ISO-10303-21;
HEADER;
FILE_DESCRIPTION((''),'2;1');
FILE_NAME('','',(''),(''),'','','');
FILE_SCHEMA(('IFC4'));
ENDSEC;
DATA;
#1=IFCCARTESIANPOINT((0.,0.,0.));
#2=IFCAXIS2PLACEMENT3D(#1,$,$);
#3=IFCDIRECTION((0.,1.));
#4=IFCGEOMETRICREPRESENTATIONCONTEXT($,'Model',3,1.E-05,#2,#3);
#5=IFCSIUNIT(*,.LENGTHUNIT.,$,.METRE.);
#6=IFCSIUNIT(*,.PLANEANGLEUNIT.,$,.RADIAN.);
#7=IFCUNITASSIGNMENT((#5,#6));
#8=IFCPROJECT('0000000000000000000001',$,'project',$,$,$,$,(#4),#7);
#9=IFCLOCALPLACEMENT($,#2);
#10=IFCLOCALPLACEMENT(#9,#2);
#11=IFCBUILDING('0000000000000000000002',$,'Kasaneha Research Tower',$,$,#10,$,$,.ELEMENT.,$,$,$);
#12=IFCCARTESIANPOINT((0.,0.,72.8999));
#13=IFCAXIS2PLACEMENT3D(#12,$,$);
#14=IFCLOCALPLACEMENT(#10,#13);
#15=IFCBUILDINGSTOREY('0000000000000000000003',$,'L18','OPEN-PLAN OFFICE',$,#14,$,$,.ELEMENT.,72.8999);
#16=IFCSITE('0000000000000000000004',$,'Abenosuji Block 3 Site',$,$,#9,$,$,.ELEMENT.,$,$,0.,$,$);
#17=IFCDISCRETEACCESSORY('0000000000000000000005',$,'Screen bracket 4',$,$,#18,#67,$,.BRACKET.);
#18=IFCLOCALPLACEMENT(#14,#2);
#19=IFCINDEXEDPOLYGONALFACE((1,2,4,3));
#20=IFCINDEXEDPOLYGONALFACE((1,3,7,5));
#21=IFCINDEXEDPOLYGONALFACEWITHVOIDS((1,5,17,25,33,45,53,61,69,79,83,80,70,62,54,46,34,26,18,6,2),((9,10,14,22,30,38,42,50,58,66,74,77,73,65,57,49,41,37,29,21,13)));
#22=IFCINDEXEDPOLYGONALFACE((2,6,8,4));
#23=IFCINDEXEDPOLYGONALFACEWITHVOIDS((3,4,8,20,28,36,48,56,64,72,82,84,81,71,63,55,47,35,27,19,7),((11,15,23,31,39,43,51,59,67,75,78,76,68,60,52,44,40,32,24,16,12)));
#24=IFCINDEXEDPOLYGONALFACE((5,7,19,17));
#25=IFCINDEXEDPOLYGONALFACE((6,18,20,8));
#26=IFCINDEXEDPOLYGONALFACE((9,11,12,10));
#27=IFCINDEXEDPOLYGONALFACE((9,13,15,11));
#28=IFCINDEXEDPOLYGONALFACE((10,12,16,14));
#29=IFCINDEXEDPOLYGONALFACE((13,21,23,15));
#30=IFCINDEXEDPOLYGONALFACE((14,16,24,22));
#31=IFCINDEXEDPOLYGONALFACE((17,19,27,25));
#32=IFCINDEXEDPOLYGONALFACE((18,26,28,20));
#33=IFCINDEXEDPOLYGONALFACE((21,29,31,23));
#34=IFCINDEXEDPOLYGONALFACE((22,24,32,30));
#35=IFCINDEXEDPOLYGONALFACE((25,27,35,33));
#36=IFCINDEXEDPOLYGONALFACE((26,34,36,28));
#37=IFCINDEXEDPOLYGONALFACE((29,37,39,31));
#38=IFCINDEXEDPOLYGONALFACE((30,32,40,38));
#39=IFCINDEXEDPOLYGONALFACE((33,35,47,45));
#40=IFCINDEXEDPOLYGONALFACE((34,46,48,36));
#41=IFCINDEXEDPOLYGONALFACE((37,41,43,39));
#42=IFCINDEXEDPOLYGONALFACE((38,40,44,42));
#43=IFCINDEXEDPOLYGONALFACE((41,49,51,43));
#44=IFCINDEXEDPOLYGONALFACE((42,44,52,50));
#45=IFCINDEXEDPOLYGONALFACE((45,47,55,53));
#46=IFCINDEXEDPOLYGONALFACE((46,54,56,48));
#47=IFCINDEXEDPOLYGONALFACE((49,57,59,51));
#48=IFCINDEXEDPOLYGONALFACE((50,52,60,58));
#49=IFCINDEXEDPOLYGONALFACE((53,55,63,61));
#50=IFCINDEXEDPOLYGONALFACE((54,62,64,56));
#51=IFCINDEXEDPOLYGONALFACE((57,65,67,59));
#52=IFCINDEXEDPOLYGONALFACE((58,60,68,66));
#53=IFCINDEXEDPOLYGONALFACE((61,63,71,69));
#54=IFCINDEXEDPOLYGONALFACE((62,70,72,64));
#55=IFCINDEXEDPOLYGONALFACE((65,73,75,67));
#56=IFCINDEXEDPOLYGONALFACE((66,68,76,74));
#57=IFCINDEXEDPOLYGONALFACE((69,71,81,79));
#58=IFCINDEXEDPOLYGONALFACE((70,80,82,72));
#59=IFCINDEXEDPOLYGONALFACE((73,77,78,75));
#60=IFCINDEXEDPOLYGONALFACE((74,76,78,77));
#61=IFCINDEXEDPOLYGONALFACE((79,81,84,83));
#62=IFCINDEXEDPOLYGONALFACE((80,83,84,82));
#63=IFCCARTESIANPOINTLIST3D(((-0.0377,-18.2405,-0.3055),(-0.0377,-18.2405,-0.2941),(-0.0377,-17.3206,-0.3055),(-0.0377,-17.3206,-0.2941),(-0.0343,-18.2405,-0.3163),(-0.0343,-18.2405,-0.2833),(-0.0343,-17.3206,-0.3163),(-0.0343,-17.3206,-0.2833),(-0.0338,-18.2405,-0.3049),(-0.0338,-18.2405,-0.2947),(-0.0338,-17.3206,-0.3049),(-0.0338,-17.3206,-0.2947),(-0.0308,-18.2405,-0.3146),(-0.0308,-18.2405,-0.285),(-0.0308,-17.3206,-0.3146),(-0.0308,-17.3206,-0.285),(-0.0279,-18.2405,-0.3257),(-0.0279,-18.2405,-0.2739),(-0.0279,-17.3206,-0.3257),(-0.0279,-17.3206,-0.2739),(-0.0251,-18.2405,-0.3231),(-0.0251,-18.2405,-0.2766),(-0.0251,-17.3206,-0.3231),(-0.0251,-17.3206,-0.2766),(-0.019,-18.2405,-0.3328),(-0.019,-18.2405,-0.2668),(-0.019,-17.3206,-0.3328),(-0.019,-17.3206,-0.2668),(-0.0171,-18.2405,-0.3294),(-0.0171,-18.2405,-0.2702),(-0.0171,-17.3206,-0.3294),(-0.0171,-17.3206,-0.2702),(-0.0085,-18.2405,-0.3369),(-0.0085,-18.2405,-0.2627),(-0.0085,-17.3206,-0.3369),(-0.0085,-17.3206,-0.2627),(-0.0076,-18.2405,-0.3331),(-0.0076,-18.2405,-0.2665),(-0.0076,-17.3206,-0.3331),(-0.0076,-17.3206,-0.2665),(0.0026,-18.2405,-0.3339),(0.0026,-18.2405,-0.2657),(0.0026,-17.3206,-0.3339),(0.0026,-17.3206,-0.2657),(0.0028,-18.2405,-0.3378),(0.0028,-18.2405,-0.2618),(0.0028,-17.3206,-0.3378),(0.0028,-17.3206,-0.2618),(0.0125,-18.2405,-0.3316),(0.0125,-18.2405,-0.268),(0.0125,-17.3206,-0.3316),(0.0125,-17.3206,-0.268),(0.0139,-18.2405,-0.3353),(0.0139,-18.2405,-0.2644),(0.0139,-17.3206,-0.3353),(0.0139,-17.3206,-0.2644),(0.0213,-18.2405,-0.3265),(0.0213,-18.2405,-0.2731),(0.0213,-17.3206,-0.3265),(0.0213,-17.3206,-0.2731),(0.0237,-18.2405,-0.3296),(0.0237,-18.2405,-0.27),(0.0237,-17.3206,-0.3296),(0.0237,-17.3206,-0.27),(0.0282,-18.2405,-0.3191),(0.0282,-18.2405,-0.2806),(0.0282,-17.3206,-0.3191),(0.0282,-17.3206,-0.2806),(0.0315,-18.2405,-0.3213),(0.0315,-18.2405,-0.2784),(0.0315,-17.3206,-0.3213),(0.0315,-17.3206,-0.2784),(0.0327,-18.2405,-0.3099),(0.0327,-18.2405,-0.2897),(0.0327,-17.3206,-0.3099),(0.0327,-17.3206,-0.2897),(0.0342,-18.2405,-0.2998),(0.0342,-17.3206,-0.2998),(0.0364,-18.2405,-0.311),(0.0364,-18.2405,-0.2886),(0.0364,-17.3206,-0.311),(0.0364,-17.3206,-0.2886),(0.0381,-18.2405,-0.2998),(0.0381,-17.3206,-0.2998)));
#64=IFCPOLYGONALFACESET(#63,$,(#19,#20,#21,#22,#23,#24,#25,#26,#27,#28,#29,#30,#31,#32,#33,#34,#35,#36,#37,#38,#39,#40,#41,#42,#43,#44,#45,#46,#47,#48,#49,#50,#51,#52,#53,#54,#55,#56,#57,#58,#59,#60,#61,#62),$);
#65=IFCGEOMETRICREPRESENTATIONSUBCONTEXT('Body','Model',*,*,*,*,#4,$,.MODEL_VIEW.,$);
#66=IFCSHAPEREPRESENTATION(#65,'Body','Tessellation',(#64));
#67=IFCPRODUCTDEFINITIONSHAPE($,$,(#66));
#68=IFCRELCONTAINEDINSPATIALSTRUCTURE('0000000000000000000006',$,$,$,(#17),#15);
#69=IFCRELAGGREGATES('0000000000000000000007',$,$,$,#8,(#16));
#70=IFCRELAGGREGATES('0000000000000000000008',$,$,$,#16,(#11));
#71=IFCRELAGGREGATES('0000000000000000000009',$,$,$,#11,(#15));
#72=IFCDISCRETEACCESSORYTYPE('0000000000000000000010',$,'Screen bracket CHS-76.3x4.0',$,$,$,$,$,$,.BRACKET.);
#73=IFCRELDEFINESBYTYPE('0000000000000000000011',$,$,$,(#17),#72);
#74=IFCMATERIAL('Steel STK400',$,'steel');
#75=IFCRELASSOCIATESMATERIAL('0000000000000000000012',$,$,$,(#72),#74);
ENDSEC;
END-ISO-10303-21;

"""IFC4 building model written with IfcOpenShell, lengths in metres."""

from ifc_helpers import new_model, si_unit, direction, frame, origin, origin_2d, place, context, subcontext, project, spatial, hollow_circle, extrude, material, material_profile, profile_set, type_object, element, save


model = new_model("IFC4")

# Units and contexts
model_context = context("Model", 3, precision=1e-05, world=origin(), true_north=direction((0.0, 1.0)))
body_context = subcontext(model_context, "Body", "Model", "MODEL_VIEW")
ifc_project = project(units=[si_unit("LENGTHUNIT", "METRE"), si_unit("PLANEANGLEUNIT", "RADIAN")], contexts=[model_context])

# Site, building, storey
site_placement = place(None, origin())
site = spatial("IfcSite", under=ifc_project, at=site_placement, Name="Abenosuji Block 3 Site", CompositionType="ELEMENT", RefElevation=0.0)
building_placement = place(site_placement, origin())
building = spatial("IfcBuilding", under=site, at=building_placement, Name="Kasaneha Research Tower", CompositionType="ELEMENT")
storey_placement = place(building_placement, frame((0.0, 0.0, 72.8999)))
storey = spatial("IfcBuildingStorey", under=building, at=storey_placement, Name="L18", Description="OPEN-PLAN OFFICE", CompositionType="ELEMENT", Elevation=72.8999)

# Discrete accessory
ifc_material_1 = material(Name="Steel STK400", Category="steel")
ifc_material_profile_1 = material_profile(ifc_material_1, hollow_circle(Radius=0.0381, WallThickness=0.0039, at=origin_2d()), Name="CHS-76.3x4.0")
ifc_profile_set_1 = profile_set([ifc_material_profile_1], Name="Steel STK400")
discrete_accessory_type = type_object("IfcDiscreteAccessoryType", Name="Screen bracket CHS-76.3x4.0", PredefinedType="BRACKET", material=ifc_profile_set_1)
for number, where, z_axis, x_axis, name in (
    (1, (0.0, -17.3206, -0.2998), (0.0, -1.0, 0.0), (1.0, 0.0, 0.0), "Screen bracket 4"),
):
    element("IfcDiscreteAccessory", number, at=place(storey_placement, frame(where, z_axis=z_axis, x_axis=x_axis)), inside=storey, type_object=discrete_accessory_type, Name=name, PredefinedType="BRACKET", context=body_context, shape_type="SweptSolid", body=[
        extrude(hollow_circle(Radius=0.0381, WallThickness=0.0039, at=origin_2d()), origin(), (0.0, 0.0, 1.0), 0.9199),
    ])

save(model, "model.ifc")
